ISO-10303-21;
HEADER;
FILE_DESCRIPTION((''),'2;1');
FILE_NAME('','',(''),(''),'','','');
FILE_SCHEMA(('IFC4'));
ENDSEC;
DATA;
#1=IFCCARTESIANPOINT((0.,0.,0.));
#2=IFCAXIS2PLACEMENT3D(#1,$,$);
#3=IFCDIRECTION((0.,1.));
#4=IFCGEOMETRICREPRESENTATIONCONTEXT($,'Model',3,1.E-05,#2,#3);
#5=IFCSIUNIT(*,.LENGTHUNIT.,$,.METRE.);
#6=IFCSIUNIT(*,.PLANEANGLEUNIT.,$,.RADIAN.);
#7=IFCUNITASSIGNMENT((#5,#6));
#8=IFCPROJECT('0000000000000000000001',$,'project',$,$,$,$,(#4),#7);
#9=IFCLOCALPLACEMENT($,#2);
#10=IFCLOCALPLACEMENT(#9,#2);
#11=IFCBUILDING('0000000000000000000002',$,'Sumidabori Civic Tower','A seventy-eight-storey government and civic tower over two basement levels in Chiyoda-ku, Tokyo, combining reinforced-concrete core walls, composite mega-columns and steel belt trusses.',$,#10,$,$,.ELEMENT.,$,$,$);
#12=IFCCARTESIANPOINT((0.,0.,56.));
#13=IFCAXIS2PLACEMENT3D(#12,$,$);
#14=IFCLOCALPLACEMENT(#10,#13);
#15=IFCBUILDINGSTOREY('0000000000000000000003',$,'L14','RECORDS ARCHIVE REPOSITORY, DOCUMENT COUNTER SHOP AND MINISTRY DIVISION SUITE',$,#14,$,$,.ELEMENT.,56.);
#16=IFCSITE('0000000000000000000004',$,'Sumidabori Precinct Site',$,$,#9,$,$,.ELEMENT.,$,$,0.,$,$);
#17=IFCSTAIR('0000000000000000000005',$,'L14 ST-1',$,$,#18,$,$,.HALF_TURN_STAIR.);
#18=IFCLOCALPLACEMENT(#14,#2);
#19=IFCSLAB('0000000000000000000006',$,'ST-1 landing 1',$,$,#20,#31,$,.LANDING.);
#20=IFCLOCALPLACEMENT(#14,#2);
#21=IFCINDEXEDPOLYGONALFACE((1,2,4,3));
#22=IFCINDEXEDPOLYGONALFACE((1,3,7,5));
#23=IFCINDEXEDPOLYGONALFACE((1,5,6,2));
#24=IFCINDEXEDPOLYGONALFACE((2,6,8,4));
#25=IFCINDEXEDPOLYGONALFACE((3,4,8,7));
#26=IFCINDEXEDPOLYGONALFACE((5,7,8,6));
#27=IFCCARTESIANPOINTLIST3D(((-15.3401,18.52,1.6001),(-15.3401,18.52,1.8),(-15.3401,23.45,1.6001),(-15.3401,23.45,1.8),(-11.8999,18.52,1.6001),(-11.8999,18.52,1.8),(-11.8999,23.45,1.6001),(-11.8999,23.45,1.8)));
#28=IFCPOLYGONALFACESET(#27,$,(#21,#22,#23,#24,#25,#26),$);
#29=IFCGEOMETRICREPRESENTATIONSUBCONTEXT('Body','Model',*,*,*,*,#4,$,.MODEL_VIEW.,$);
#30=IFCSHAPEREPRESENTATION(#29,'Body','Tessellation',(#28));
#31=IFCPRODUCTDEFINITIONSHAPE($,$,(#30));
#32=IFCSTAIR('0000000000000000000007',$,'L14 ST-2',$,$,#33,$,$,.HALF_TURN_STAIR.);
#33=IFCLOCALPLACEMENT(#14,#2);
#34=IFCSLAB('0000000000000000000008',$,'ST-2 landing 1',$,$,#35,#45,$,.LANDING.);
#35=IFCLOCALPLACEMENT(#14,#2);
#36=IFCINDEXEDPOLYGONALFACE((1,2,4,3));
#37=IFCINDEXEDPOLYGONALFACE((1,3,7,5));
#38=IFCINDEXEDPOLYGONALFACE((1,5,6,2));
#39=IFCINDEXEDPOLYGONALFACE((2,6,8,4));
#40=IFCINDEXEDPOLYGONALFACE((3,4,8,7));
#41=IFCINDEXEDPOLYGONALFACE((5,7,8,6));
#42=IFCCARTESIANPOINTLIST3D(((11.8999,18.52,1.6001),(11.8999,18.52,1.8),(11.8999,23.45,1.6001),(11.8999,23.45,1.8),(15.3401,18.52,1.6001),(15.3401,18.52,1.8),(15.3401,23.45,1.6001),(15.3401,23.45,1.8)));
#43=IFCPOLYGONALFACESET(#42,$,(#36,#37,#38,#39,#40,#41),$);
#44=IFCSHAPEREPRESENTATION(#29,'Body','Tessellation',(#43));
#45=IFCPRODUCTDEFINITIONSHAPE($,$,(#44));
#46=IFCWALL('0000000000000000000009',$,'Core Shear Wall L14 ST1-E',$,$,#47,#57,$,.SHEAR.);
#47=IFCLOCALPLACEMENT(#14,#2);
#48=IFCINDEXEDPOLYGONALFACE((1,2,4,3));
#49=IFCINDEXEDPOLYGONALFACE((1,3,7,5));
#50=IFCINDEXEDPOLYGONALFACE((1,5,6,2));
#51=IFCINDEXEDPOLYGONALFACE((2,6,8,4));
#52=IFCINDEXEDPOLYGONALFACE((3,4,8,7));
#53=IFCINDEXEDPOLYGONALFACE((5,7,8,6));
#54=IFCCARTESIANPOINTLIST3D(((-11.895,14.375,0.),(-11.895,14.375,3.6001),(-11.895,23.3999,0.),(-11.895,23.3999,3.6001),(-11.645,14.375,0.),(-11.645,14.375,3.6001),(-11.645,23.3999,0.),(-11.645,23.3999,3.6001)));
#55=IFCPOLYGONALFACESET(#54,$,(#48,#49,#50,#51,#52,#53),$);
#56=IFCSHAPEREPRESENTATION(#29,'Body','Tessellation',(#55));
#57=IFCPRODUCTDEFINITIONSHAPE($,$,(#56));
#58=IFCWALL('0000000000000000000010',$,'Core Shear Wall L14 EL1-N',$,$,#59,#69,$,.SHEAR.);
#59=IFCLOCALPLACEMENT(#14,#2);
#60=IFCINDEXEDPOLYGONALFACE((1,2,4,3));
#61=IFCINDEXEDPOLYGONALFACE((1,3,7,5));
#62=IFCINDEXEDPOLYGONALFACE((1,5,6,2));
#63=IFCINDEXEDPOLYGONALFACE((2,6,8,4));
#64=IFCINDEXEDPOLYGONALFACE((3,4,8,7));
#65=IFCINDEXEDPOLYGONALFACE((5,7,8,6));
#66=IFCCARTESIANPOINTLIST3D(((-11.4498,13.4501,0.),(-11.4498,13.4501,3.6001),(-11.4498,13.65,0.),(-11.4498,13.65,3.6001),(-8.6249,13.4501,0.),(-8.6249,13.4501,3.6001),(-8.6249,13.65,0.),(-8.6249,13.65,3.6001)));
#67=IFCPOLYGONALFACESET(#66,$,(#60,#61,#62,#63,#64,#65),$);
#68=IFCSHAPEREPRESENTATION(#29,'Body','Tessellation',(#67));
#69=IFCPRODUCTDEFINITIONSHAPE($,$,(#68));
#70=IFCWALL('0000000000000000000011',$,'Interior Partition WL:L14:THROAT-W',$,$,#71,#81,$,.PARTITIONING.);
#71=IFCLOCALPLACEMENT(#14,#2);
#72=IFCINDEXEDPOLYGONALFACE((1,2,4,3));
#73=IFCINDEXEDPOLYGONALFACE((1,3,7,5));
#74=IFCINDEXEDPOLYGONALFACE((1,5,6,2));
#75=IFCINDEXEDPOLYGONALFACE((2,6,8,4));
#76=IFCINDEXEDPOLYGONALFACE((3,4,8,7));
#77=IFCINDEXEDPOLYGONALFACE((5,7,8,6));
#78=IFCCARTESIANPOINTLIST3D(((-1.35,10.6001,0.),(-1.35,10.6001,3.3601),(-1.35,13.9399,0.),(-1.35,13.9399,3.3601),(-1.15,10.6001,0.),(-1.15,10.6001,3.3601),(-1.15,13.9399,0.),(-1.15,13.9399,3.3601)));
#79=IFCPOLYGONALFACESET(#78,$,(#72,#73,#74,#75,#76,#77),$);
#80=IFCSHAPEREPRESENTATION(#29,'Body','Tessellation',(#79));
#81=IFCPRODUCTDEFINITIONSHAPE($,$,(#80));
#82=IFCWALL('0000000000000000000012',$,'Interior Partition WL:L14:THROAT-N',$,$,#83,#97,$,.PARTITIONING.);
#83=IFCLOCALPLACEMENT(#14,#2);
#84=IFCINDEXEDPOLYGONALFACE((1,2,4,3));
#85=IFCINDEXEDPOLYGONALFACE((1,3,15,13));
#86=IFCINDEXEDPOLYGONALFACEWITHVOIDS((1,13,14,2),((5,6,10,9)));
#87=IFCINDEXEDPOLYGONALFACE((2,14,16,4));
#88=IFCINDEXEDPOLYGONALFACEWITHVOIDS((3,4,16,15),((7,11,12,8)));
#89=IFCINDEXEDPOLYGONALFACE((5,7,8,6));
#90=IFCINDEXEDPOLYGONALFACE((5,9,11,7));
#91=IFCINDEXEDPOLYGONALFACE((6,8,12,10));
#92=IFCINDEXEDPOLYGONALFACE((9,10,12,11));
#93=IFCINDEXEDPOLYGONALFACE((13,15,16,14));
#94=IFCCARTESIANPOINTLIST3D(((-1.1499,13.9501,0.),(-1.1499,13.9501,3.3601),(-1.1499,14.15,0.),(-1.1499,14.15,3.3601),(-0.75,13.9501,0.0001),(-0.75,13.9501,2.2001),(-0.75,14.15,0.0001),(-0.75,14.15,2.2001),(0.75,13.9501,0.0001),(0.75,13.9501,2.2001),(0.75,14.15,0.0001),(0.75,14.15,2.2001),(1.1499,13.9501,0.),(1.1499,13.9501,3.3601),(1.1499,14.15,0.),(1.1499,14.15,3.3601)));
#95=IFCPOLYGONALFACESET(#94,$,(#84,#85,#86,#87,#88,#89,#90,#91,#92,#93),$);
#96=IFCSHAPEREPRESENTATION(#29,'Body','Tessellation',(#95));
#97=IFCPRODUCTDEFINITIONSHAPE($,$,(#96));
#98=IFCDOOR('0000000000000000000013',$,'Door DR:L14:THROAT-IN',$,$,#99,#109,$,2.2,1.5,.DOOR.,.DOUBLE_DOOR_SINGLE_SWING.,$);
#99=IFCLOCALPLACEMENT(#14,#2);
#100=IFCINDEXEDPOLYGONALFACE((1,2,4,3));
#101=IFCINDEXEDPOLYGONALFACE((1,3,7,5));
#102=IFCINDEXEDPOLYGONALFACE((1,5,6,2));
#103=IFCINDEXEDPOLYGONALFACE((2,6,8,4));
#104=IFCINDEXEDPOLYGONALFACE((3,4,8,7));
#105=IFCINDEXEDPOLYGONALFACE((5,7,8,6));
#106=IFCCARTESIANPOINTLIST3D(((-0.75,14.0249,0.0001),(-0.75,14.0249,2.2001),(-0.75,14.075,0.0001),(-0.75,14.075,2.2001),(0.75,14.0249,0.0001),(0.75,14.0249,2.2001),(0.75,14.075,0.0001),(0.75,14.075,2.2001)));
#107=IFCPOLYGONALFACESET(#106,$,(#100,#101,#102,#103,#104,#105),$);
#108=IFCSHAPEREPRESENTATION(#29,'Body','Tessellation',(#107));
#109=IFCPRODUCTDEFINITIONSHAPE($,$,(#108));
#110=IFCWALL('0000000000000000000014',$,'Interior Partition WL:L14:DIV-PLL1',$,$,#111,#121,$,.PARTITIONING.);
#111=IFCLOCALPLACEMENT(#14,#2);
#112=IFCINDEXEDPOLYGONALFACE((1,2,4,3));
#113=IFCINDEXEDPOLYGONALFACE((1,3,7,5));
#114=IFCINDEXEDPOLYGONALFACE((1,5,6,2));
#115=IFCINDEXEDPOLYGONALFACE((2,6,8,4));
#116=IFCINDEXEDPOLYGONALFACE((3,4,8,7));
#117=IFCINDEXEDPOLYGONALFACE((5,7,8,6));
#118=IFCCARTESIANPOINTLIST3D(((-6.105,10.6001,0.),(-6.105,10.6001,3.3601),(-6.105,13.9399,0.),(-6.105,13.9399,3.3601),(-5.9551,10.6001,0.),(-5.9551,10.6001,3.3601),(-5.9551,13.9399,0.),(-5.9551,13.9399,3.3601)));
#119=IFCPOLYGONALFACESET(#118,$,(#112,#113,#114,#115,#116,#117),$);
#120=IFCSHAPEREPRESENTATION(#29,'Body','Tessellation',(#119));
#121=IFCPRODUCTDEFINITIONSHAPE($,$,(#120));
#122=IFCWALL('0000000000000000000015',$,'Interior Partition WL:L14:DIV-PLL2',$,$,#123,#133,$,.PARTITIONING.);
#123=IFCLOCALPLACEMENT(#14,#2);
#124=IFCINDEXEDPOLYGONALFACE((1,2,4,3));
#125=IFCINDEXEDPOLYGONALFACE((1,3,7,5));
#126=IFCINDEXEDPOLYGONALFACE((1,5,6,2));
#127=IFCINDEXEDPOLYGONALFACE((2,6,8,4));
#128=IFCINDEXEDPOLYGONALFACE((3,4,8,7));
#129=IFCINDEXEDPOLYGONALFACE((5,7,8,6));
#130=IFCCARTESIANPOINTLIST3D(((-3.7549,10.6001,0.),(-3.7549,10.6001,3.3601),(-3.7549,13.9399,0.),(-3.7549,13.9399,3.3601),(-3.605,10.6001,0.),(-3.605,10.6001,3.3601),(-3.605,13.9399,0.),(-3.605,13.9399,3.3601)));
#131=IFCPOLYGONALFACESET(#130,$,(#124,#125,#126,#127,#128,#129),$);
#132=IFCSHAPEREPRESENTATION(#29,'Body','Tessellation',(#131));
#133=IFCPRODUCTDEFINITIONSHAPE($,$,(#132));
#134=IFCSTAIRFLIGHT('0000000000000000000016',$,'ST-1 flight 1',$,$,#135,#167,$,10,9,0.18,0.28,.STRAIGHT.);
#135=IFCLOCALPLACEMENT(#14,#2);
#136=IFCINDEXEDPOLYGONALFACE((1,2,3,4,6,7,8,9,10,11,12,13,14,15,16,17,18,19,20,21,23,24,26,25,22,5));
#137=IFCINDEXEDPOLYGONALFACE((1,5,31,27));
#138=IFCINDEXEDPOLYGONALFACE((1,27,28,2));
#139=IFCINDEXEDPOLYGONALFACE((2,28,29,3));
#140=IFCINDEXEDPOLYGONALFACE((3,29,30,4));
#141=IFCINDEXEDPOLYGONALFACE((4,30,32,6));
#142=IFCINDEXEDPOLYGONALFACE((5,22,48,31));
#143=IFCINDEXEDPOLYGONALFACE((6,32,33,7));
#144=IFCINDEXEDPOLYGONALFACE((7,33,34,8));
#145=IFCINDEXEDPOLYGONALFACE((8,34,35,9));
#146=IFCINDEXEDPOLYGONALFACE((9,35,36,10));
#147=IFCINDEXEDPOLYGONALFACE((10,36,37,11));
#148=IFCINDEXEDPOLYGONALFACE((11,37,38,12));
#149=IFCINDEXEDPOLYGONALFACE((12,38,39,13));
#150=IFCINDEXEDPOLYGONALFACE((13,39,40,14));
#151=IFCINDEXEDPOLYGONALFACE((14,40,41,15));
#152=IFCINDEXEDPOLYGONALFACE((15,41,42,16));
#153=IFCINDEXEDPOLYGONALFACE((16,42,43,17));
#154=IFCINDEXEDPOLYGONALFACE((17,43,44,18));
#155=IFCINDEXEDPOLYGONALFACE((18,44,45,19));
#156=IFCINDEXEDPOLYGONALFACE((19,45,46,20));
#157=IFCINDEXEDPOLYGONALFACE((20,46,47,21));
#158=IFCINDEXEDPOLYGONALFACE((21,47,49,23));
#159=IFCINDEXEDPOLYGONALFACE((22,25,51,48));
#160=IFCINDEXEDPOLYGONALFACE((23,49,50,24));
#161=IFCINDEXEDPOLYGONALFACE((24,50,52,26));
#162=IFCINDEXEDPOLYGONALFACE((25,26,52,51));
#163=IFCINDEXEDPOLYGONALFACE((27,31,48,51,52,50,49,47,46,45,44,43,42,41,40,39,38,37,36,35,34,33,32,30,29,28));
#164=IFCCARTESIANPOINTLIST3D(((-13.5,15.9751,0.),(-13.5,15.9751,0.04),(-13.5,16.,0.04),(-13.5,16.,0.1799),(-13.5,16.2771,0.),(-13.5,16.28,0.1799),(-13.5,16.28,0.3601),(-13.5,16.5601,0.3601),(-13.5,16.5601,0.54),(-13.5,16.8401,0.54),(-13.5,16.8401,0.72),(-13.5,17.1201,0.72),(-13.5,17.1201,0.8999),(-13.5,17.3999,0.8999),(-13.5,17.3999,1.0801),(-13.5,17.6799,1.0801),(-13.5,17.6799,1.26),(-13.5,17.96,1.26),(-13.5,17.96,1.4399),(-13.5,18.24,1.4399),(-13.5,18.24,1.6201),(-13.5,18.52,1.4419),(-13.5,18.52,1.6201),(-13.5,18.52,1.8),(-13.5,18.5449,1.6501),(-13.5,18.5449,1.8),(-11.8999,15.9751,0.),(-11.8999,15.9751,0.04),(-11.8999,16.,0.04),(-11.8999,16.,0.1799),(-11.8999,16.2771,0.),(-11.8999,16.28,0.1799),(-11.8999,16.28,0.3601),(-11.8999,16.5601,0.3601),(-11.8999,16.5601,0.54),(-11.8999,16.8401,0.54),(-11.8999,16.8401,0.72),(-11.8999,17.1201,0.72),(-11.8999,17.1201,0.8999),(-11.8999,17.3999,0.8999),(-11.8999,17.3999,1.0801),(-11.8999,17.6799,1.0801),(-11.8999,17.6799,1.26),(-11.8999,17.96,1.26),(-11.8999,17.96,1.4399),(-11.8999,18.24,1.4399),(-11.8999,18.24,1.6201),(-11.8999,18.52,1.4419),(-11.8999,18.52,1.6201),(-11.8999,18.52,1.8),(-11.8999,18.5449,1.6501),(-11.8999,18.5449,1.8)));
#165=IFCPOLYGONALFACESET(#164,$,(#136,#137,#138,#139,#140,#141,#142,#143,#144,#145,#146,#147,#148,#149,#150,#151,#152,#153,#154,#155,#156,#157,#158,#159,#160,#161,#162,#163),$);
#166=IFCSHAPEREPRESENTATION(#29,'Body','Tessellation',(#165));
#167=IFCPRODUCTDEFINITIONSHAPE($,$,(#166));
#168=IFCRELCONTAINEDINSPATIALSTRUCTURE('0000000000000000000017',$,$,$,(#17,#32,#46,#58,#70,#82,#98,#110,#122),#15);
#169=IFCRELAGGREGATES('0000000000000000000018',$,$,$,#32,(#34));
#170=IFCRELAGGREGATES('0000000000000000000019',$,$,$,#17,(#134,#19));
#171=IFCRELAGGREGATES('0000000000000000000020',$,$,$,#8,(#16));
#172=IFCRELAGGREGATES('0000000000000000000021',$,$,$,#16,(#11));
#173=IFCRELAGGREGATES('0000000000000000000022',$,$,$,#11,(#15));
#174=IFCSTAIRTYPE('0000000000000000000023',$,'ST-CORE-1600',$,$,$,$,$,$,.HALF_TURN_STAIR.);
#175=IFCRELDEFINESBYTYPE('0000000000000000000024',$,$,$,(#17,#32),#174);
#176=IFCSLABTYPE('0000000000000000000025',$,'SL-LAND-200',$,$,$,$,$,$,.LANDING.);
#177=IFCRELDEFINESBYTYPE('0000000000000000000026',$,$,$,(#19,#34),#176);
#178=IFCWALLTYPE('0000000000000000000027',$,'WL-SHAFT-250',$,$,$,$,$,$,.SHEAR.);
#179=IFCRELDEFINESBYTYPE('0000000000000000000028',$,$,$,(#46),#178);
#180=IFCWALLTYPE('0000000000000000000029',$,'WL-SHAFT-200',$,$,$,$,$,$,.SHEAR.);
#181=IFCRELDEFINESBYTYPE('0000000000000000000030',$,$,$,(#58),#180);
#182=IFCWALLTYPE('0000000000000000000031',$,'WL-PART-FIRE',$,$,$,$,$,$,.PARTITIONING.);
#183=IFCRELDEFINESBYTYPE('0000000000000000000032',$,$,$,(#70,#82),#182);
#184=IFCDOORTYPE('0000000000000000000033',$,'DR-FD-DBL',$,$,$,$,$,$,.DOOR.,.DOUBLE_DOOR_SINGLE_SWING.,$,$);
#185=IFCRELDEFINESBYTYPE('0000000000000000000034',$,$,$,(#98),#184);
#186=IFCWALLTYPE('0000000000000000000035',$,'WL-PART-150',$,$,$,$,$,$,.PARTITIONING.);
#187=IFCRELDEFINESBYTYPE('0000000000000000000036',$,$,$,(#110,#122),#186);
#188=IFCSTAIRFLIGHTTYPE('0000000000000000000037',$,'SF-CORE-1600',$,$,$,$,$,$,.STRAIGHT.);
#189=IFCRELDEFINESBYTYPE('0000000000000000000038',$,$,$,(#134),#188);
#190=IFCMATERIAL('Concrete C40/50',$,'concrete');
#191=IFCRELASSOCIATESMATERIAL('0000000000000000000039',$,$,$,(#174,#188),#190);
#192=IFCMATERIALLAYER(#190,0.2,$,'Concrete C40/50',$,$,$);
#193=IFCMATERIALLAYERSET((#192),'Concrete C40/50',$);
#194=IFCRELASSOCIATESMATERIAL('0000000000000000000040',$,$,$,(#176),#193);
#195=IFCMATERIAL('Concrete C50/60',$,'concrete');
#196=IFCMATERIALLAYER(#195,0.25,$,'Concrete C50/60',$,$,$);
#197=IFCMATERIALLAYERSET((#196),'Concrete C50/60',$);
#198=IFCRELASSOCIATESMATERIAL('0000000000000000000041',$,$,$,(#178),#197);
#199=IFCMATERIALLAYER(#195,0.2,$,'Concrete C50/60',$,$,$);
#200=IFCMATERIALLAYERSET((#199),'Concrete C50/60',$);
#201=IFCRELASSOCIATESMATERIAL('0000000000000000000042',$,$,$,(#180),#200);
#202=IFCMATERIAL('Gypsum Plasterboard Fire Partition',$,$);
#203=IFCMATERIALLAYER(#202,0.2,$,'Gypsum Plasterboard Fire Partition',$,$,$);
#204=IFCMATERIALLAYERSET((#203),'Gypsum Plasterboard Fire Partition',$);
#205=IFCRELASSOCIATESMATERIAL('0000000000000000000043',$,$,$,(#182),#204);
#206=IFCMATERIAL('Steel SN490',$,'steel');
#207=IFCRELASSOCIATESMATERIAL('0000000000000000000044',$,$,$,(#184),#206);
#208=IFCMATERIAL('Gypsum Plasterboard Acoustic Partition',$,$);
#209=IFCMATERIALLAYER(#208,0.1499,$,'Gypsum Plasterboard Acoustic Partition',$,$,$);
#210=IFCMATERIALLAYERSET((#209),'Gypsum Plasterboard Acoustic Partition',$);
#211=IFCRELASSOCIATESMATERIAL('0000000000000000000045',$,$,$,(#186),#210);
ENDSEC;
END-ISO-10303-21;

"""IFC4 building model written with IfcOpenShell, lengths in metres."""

from ifc_helpers import new_model, si_unit, direction, frame, frame_2d, origin, place, context, subcontext, project, spatial, polyline, rectangle, outline, extrude, source, transform, mapped, material, layer, layer_set, type_object, element, fill, aggregate, save


model = new_model("IFC4")

# Units and contexts
model_context = context("Model", 3, precision=1e-05, world=origin(), true_north=direction((0.0, 1.0)))
body_context = subcontext(model_context, "Body", "Model", "MODEL_VIEW")
ifc_project = project(units=[si_unit("LENGTHUNIT", "METRE"), si_unit("PLANEANGLEUNIT", "RADIAN")], contexts=[model_context])

# Site, building, storey
site_placement = place(None, origin())
site = spatial("IfcSite", under=ifc_project, at=site_placement, Name="Sumidabori Precinct Site", CompositionType="ELEMENT", RefElevation=0.0)
building_placement = place(site_placement, origin())
building = spatial("IfcBuilding", under=site, at=building_placement, Name="Sumidabori Civic Tower", Description="A seventy-eight-storey government and civic tower over two basement levels in Chiyoda-ku, Tokyo, combining reinforced-concrete core walls, composite mega-columns and steel belt trusses.", CompositionType="ELEMENT")
storey_placement = place(building_placement, frame((0.0, 0.0, 56.0)))
storey = spatial("IfcBuildingStorey", under=building, at=storey_placement, Name="L14", Description="RECORDS ARCHIVE REPOSITORY, DOCUMENT COUNTER SHOP AND MINISTRY DIVISION SUITE", CompositionType="ELEMENT", Elevation=56.0)

# Stairs, slabs
ifc_material_1 = material(Name="Concrete C40/50", Category="concrete")
stair_type = type_object("IfcStairType", Name="ST-CORE-1600", PredefinedType="HALF_TURN_STAIR", material=ifc_material_1)
stair_1_placement = place(storey_placement, origin())
stair_1 = element("IfcStair", 1, at=stair_1_placement, inside=storey, type_object=stair_type, Name="L14 ST-1", PredefinedType="HALF_TURN_STAIR")
ifc_layer_1 = layer(ifc_material_1, 0.2, Name="Concrete C40/50")
ifc_layer_set_1 = layer_set([ifc_layer_1], Name="Concrete C40/50")
slab_type = type_object("IfcSlabType", Name="SL-LAND-200", PredefinedType="LANDING", material=ifc_layer_set_1)
slab_1_placement = place(storey_placement, frame((0.0, 0.0, 1.6001)))
slab_1 = element("IfcSlab", 2, at=slab_1_placement, type_object=slab_type, Name="ST-1 landing 1", PredefinedType="LANDING", context=body_context, shape_type="SweptSolid", body=[
    extrude(outline(polyline([(-11.8999, 18.52), (-11.8999, 23.45), (-15.3401, 23.45), (-15.3401, 18.52), (-11.8999, 18.52)])), origin(), (0.0, 0.0, 1.0), 0.2),
])
stair_2_placement = place(storey_placement, origin())
stair_2 = element("IfcStair", 3, at=stair_2_placement, inside=storey, type_object=stair_type, Name="L14 ST-2", PredefinedType="HALF_TURN_STAIR")
slab_2_placement = place(storey_placement, frame((0.0, 0.0, 1.6001)))
slab_2 = element("IfcSlab", 4, at=slab_2_placement, type_object=slab_type, Name="ST-2 landing 1", PredefinedType="LANDING", context=body_context, shape_type="SweptSolid", body=[
    extrude(outline(polyline([(15.3401, 18.52), (15.3401, 23.45), (11.8999, 23.45), (11.8999, 18.52), (15.3401, 18.52)])), origin(), (0.0, 0.0, 1.0), 0.2),
])
aggregate(stair_2, [slab_2])

# Shared definitions
ifc_material_2 = material(Name="Concrete C50/60", Category="concrete")
ifc_layer_2 = layer(ifc_material_2, 0.25, Name="Concrete C50/60")
ifc_layer_set_2 = layer_set([ifc_layer_2], Name="Concrete C50/60")
wall_type_1 = type_object("IfcWallType", Name="WL-SHAFT-250", PredefinedType="SHEAR", material=ifc_layer_set_2)
ifc_material_3 = material(Name="Steel SN490", Category="steel")

# Wall
shared_shape_1 = source(origin(), body_context, "Body", "SweptSolid", [
    extrude(rectangle(XDim=9.0249, YDim=0.25, at=frame_2d((4.5125, 0.0))), origin(), (0.0, 0.0, 1.0), 3.6001),
])
wall_1_placement = place(storey_placement, frame((-11.77, 14.375, 0.0), z_axis=(0.0, 0.0, 1.0), x_axis=(0.0, 1.0, 0.0)))
element("IfcWall", 5, at=wall_1_placement, inside=storey, type_object=wall_type_1, Name="Core Shear Wall L14 ST1-E", PredefinedType="SHEAR", context=body_context, shape_type="MappedRepresentation", body=[
    mapped(shared_shape_1, transform((0.0, 0.0, 0.0), x_axis=(1.0, 0.0, 0.0), y_axis=(0.0, 1.0, 0.0), z_axis=(0.0, 0.0, 1.0), scale=1.0)),
])

# Shared definitions
ifc_layer_3 = layer(ifc_material_2, 0.2, Name="Concrete C50/60")
ifc_layer_set_3 = layer_set([ifc_layer_3], Name="Concrete C50/60")
wall_type_2 = type_object("IfcWallType", Name="WL-SHAFT-200", PredefinedType="SHEAR", material=ifc_layer_set_3)

# Wall
shared_shape_2 = source(origin(), body_context, "Body", "SweptSolid", [
    extrude(rectangle(XDim=2.825, YDim=0.2, at=frame_2d((1.4126, 0.0))), origin(), (0.0, 0.0, 1.0), 3.6001),
])
wall_2_placement = place(storey_placement, frame((-11.45, 13.55, 0.0), z_axis=(0.0, 0.0, 1.0), x_axis=(1.0, 0.0, 0.0)))
element("IfcWall", 6, at=wall_2_placement, inside=storey, type_object=wall_type_2, Name="Core Shear Wall L14 EL1-N", PredefinedType="SHEAR", context=body_context, shape_type="MappedRepresentation", body=[
    mapped(shared_shape_2, transform((0.0, 0.0, 0.0), x_axis=(1.0, 0.0, 0.0), y_axis=(0.0, 1.0, 0.0), z_axis=(0.0, 0.0, 1.0), scale=1.0)),
])

# Shared definitions
ifc_material_4 = material(Name="Gypsum Plasterboard Fire Partition")
ifc_layer_4 = layer(ifc_material_4, 0.2, Name="Gypsum Plasterboard Fire Partition")
ifc_layer_set_4 = layer_set([ifc_layer_4], Name="Gypsum Plasterboard Fire Partition")
wall_type_3 = type_object("IfcWallType", Name="WL-PART-FIRE", PredefinedType="PARTITIONING", material=ifc_layer_set_4)

# Wall
shared_shape_3 = source(origin(), body_context, "Body", "SweptSolid", [
    extrude(rectangle(XDim=3.3398, YDim=0.2, at=frame_2d((1.6699, 0.0))), origin(), (0.0, 0.0, 1.0), 3.3601),
])
wall_3_placement = place(storey_placement, frame((-1.25, 10.6001, 0.0), z_axis=(0.0, 0.0, 1.0), x_axis=(0.0, 1.0, 0.0)))
element("IfcWall", 7, at=wall_3_placement, inside=storey, type_object=wall_type_3, Name="Interior Partition WL:L14:THROAT-W", PredefinedType="PARTITIONING", context=body_context, shape_type="MappedRepresentation", body=[
    mapped(shared_shape_3, transform((0.0, 0.0, 0.0), x_axis=(1.0, 0.0, 0.0), y_axis=(0.0, 1.0, 0.0), z_axis=(0.0, 0.0, 1.0), scale=1.0)),
])

# Wall, opening, door
shared_shape_4 = source(origin(), body_context, "Body", "SweptSolid", [
    extrude(rectangle(XDim=2.2998, YDim=0.2, at=frame_2d((1.1499, 0.0))), origin(), (0.0, 0.0, 1.0), 3.3601),
])
wall_4_placement = place(storey_placement, frame((-1.1499, 14.05, 0.0), z_axis=(0.0, 0.0, 1.0), x_axis=(1.0, 0.0, 0.0)))
wall_4 = element("IfcWall", 8, at=wall_4_placement, inside=storey, type_object=wall_type_3, Name="Interior Partition WL:L14:THROAT-N", PredefinedType="PARTITIONING", context=body_context, shape_type="MappedRepresentation", body=[
    mapped(shared_shape_4, transform((0.0, 0.0, 0.0), x_axis=(1.0, 0.0, 0.0), y_axis=(0.0, 1.0, 0.0), z_axis=(0.0, 0.0, 1.0), scale=1.0)),
])
opening_1_placement = place(wall_4_placement, frame((0.3999, 0.0, 0.0)))
opening_1 = element("IfcOpeningElement", 9, at=opening_1_placement, cuts=wall_4, PredefinedType="OPENING", context=body_context, shape_type="SweptSolid", body=[
    extrude(rectangle(XDim=1.5, YDim=2.2, at=frame_2d((0.75, 1.1001))), frame((0.0, 0.1118, 0.0), z_axis=(0.0, -1.0, 0.0), x_axis=(1.0, 0.0, 0.0)), (0.0, 0.0, 1.0), 0.2239),
])
door_type_1 = type_object("IfcDoorType", Name="DR-FD-DBL", OperationType="DOUBLE_DOOR_SINGLE_SWING", PredefinedType="DOOR", material=ifc_material_3)
shared_shape_5 = source(origin(), body_context, "Body", "SweptSolid", [
    extrude(rectangle(XDim=1.5, YDim=2.2, at=frame_2d((0.75, 1.1001))), frame((0.0, 0.0249, 0.0), z_axis=(0.0, -1.0, 0.0), x_axis=(1.0, 0.0, 0.0)), (0.0, 0.0, 1.0), 0.05),
])
door_1_placement = place(opening_1_placement, origin())
door_1 = element("IfcDoor", 10, at=door_1_placement, inside=storey, type_object=door_type_1, Name="Door DR:L14:THROAT-IN", OperationType="DOUBLE_DOOR_SINGLE_SWING", OverallHeight=2.2, OverallWidth=1.5, PredefinedType="DOOR", context=body_context, shape_type="MappedRepresentation", body=[
    mapped(shared_shape_5, transform((0.0, 0.0, 0.0), x_axis=(1.0, 0.0, 0.0), y_axis=(0.0, 1.0, 0.0), z_axis=(0.0, 0.0, 1.0), scale=1.0)),
])
fill(opening_1, door_1)

# Walls
ifc_material_5 = material(Name="Gypsum Plasterboard Acoustic Partition")
ifc_layer_5 = layer(ifc_material_5, 0.1499, Name="Gypsum Plasterboard Acoustic Partition")
ifc_layer_set_5 = layer_set([ifc_layer_5], Name="Gypsum Plasterboard Acoustic Partition")
wall_type_4 = type_object("IfcWallType", Name="WL-PART-150", PredefinedType="PARTITIONING", material=ifc_layer_set_5)
shared_shape_6 = source(origin(), body_context, "Body", "SweptSolid", [
    extrude(rectangle(XDim=3.3398, YDim=0.1499, at=frame_2d((1.6699, 0.0))), origin(), (0.0, 0.0, 1.0), 3.3601),
])
for number, where, z_axis, x_axis, name in (
    (11, (-6.03, 10.6001, 0.0), (0.0, 0.0, 1.0), (0.0, 1.0, 0.0), "Interior Partition WL:L14:DIV-PLL1"),
    (12, (-3.6799, 10.6001, 0.0), (0.0, 0.0, 1.0), (0.0, 1.0, 0.0), "Interior Partition WL:L14:DIV-PLL2"),
):
    element("IfcWall", number, at=place(storey_placement, frame(where, z_axis=z_axis, x_axis=x_axis)), inside=storey, type_object=wall_type_4, Name=name, PredefinedType="PARTITIONING", context=body_context, shape_type="MappedRepresentation", body=[
        mapped(shared_shape_6, transform((0.0, 0.0, 0.0), x_axis=(1.0, 0.0, 0.0), y_axis=(0.0, 1.0, 0.0), z_axis=(0.0, 0.0, 1.0), scale=1.0)),
    ])

# Stair flight
stair_flight_type = type_object("IfcStairFlightType", Name="SF-CORE-1600", PredefinedType="STRAIGHT", material=ifc_material_1)
shared_shape_7 = source(origin(), body_context, "Body", "SweptSolid", [
    extrude(outline(polyline([(-0.0249, 0.0), (-0.0249, 0.04), (0.0, 0.04), (0.0, 0.1799), (0.28, 0.1799), (0.28, 0.3601), (0.5601, 0.3601), (0.5601, 0.54), (0.8401, 0.54), (0.8401, 0.72), (1.1201, 0.72), (1.1201, 0.8999), (1.3999, 0.8999), (1.3999, 1.0801), (1.6799, 1.0801), (1.6799, 1.26), (1.96, 1.26), (1.96, 1.4399), (2.24, 1.4399), (2.24, 1.6201), (2.52, 1.6201), (2.52, 1.8), (2.5449, 1.8), (2.5449, 1.6501), (2.52, 1.4419), (0.2771, 0.0), (-0.0249, 0.0)])), frame((0.0, 0.8, 0.0), z_axis=(0.0, -1.0, 0.0), x_axis=(1.0, 0.0, 0.0)), (0.0, 0.0, 1.0), 1.6001),
])
stair_flight_placement = place(storey_placement, frame((-12.7, 16.0, 0.0), z_axis=(0.0, 0.0, 1.0), x_axis=(0.0, 1.0, 0.0)))
stair_flight = element("IfcStairFlight", 13, at=stair_flight_placement, type_object=stair_flight_type, Name="ST-1 flight 1", NumberOfRisers=10, NumberOfTreads=9, PredefinedType="STRAIGHT", RiserHeight=0.18, TreadLength=0.28, context=body_context, shape_type="MappedRepresentation", body=[
    mapped(shared_shape_7, transform((0.0, 0.0, 0.0), x_axis=(1.0, 0.0, 0.0), y_axis=(0.0, 1.0, 0.0), z_axis=(0.0, 0.0, 1.0), scale=1.0)),
])
aggregate(stair_1, [stair_flight, slab_1])

save(model, "model.ifc")
